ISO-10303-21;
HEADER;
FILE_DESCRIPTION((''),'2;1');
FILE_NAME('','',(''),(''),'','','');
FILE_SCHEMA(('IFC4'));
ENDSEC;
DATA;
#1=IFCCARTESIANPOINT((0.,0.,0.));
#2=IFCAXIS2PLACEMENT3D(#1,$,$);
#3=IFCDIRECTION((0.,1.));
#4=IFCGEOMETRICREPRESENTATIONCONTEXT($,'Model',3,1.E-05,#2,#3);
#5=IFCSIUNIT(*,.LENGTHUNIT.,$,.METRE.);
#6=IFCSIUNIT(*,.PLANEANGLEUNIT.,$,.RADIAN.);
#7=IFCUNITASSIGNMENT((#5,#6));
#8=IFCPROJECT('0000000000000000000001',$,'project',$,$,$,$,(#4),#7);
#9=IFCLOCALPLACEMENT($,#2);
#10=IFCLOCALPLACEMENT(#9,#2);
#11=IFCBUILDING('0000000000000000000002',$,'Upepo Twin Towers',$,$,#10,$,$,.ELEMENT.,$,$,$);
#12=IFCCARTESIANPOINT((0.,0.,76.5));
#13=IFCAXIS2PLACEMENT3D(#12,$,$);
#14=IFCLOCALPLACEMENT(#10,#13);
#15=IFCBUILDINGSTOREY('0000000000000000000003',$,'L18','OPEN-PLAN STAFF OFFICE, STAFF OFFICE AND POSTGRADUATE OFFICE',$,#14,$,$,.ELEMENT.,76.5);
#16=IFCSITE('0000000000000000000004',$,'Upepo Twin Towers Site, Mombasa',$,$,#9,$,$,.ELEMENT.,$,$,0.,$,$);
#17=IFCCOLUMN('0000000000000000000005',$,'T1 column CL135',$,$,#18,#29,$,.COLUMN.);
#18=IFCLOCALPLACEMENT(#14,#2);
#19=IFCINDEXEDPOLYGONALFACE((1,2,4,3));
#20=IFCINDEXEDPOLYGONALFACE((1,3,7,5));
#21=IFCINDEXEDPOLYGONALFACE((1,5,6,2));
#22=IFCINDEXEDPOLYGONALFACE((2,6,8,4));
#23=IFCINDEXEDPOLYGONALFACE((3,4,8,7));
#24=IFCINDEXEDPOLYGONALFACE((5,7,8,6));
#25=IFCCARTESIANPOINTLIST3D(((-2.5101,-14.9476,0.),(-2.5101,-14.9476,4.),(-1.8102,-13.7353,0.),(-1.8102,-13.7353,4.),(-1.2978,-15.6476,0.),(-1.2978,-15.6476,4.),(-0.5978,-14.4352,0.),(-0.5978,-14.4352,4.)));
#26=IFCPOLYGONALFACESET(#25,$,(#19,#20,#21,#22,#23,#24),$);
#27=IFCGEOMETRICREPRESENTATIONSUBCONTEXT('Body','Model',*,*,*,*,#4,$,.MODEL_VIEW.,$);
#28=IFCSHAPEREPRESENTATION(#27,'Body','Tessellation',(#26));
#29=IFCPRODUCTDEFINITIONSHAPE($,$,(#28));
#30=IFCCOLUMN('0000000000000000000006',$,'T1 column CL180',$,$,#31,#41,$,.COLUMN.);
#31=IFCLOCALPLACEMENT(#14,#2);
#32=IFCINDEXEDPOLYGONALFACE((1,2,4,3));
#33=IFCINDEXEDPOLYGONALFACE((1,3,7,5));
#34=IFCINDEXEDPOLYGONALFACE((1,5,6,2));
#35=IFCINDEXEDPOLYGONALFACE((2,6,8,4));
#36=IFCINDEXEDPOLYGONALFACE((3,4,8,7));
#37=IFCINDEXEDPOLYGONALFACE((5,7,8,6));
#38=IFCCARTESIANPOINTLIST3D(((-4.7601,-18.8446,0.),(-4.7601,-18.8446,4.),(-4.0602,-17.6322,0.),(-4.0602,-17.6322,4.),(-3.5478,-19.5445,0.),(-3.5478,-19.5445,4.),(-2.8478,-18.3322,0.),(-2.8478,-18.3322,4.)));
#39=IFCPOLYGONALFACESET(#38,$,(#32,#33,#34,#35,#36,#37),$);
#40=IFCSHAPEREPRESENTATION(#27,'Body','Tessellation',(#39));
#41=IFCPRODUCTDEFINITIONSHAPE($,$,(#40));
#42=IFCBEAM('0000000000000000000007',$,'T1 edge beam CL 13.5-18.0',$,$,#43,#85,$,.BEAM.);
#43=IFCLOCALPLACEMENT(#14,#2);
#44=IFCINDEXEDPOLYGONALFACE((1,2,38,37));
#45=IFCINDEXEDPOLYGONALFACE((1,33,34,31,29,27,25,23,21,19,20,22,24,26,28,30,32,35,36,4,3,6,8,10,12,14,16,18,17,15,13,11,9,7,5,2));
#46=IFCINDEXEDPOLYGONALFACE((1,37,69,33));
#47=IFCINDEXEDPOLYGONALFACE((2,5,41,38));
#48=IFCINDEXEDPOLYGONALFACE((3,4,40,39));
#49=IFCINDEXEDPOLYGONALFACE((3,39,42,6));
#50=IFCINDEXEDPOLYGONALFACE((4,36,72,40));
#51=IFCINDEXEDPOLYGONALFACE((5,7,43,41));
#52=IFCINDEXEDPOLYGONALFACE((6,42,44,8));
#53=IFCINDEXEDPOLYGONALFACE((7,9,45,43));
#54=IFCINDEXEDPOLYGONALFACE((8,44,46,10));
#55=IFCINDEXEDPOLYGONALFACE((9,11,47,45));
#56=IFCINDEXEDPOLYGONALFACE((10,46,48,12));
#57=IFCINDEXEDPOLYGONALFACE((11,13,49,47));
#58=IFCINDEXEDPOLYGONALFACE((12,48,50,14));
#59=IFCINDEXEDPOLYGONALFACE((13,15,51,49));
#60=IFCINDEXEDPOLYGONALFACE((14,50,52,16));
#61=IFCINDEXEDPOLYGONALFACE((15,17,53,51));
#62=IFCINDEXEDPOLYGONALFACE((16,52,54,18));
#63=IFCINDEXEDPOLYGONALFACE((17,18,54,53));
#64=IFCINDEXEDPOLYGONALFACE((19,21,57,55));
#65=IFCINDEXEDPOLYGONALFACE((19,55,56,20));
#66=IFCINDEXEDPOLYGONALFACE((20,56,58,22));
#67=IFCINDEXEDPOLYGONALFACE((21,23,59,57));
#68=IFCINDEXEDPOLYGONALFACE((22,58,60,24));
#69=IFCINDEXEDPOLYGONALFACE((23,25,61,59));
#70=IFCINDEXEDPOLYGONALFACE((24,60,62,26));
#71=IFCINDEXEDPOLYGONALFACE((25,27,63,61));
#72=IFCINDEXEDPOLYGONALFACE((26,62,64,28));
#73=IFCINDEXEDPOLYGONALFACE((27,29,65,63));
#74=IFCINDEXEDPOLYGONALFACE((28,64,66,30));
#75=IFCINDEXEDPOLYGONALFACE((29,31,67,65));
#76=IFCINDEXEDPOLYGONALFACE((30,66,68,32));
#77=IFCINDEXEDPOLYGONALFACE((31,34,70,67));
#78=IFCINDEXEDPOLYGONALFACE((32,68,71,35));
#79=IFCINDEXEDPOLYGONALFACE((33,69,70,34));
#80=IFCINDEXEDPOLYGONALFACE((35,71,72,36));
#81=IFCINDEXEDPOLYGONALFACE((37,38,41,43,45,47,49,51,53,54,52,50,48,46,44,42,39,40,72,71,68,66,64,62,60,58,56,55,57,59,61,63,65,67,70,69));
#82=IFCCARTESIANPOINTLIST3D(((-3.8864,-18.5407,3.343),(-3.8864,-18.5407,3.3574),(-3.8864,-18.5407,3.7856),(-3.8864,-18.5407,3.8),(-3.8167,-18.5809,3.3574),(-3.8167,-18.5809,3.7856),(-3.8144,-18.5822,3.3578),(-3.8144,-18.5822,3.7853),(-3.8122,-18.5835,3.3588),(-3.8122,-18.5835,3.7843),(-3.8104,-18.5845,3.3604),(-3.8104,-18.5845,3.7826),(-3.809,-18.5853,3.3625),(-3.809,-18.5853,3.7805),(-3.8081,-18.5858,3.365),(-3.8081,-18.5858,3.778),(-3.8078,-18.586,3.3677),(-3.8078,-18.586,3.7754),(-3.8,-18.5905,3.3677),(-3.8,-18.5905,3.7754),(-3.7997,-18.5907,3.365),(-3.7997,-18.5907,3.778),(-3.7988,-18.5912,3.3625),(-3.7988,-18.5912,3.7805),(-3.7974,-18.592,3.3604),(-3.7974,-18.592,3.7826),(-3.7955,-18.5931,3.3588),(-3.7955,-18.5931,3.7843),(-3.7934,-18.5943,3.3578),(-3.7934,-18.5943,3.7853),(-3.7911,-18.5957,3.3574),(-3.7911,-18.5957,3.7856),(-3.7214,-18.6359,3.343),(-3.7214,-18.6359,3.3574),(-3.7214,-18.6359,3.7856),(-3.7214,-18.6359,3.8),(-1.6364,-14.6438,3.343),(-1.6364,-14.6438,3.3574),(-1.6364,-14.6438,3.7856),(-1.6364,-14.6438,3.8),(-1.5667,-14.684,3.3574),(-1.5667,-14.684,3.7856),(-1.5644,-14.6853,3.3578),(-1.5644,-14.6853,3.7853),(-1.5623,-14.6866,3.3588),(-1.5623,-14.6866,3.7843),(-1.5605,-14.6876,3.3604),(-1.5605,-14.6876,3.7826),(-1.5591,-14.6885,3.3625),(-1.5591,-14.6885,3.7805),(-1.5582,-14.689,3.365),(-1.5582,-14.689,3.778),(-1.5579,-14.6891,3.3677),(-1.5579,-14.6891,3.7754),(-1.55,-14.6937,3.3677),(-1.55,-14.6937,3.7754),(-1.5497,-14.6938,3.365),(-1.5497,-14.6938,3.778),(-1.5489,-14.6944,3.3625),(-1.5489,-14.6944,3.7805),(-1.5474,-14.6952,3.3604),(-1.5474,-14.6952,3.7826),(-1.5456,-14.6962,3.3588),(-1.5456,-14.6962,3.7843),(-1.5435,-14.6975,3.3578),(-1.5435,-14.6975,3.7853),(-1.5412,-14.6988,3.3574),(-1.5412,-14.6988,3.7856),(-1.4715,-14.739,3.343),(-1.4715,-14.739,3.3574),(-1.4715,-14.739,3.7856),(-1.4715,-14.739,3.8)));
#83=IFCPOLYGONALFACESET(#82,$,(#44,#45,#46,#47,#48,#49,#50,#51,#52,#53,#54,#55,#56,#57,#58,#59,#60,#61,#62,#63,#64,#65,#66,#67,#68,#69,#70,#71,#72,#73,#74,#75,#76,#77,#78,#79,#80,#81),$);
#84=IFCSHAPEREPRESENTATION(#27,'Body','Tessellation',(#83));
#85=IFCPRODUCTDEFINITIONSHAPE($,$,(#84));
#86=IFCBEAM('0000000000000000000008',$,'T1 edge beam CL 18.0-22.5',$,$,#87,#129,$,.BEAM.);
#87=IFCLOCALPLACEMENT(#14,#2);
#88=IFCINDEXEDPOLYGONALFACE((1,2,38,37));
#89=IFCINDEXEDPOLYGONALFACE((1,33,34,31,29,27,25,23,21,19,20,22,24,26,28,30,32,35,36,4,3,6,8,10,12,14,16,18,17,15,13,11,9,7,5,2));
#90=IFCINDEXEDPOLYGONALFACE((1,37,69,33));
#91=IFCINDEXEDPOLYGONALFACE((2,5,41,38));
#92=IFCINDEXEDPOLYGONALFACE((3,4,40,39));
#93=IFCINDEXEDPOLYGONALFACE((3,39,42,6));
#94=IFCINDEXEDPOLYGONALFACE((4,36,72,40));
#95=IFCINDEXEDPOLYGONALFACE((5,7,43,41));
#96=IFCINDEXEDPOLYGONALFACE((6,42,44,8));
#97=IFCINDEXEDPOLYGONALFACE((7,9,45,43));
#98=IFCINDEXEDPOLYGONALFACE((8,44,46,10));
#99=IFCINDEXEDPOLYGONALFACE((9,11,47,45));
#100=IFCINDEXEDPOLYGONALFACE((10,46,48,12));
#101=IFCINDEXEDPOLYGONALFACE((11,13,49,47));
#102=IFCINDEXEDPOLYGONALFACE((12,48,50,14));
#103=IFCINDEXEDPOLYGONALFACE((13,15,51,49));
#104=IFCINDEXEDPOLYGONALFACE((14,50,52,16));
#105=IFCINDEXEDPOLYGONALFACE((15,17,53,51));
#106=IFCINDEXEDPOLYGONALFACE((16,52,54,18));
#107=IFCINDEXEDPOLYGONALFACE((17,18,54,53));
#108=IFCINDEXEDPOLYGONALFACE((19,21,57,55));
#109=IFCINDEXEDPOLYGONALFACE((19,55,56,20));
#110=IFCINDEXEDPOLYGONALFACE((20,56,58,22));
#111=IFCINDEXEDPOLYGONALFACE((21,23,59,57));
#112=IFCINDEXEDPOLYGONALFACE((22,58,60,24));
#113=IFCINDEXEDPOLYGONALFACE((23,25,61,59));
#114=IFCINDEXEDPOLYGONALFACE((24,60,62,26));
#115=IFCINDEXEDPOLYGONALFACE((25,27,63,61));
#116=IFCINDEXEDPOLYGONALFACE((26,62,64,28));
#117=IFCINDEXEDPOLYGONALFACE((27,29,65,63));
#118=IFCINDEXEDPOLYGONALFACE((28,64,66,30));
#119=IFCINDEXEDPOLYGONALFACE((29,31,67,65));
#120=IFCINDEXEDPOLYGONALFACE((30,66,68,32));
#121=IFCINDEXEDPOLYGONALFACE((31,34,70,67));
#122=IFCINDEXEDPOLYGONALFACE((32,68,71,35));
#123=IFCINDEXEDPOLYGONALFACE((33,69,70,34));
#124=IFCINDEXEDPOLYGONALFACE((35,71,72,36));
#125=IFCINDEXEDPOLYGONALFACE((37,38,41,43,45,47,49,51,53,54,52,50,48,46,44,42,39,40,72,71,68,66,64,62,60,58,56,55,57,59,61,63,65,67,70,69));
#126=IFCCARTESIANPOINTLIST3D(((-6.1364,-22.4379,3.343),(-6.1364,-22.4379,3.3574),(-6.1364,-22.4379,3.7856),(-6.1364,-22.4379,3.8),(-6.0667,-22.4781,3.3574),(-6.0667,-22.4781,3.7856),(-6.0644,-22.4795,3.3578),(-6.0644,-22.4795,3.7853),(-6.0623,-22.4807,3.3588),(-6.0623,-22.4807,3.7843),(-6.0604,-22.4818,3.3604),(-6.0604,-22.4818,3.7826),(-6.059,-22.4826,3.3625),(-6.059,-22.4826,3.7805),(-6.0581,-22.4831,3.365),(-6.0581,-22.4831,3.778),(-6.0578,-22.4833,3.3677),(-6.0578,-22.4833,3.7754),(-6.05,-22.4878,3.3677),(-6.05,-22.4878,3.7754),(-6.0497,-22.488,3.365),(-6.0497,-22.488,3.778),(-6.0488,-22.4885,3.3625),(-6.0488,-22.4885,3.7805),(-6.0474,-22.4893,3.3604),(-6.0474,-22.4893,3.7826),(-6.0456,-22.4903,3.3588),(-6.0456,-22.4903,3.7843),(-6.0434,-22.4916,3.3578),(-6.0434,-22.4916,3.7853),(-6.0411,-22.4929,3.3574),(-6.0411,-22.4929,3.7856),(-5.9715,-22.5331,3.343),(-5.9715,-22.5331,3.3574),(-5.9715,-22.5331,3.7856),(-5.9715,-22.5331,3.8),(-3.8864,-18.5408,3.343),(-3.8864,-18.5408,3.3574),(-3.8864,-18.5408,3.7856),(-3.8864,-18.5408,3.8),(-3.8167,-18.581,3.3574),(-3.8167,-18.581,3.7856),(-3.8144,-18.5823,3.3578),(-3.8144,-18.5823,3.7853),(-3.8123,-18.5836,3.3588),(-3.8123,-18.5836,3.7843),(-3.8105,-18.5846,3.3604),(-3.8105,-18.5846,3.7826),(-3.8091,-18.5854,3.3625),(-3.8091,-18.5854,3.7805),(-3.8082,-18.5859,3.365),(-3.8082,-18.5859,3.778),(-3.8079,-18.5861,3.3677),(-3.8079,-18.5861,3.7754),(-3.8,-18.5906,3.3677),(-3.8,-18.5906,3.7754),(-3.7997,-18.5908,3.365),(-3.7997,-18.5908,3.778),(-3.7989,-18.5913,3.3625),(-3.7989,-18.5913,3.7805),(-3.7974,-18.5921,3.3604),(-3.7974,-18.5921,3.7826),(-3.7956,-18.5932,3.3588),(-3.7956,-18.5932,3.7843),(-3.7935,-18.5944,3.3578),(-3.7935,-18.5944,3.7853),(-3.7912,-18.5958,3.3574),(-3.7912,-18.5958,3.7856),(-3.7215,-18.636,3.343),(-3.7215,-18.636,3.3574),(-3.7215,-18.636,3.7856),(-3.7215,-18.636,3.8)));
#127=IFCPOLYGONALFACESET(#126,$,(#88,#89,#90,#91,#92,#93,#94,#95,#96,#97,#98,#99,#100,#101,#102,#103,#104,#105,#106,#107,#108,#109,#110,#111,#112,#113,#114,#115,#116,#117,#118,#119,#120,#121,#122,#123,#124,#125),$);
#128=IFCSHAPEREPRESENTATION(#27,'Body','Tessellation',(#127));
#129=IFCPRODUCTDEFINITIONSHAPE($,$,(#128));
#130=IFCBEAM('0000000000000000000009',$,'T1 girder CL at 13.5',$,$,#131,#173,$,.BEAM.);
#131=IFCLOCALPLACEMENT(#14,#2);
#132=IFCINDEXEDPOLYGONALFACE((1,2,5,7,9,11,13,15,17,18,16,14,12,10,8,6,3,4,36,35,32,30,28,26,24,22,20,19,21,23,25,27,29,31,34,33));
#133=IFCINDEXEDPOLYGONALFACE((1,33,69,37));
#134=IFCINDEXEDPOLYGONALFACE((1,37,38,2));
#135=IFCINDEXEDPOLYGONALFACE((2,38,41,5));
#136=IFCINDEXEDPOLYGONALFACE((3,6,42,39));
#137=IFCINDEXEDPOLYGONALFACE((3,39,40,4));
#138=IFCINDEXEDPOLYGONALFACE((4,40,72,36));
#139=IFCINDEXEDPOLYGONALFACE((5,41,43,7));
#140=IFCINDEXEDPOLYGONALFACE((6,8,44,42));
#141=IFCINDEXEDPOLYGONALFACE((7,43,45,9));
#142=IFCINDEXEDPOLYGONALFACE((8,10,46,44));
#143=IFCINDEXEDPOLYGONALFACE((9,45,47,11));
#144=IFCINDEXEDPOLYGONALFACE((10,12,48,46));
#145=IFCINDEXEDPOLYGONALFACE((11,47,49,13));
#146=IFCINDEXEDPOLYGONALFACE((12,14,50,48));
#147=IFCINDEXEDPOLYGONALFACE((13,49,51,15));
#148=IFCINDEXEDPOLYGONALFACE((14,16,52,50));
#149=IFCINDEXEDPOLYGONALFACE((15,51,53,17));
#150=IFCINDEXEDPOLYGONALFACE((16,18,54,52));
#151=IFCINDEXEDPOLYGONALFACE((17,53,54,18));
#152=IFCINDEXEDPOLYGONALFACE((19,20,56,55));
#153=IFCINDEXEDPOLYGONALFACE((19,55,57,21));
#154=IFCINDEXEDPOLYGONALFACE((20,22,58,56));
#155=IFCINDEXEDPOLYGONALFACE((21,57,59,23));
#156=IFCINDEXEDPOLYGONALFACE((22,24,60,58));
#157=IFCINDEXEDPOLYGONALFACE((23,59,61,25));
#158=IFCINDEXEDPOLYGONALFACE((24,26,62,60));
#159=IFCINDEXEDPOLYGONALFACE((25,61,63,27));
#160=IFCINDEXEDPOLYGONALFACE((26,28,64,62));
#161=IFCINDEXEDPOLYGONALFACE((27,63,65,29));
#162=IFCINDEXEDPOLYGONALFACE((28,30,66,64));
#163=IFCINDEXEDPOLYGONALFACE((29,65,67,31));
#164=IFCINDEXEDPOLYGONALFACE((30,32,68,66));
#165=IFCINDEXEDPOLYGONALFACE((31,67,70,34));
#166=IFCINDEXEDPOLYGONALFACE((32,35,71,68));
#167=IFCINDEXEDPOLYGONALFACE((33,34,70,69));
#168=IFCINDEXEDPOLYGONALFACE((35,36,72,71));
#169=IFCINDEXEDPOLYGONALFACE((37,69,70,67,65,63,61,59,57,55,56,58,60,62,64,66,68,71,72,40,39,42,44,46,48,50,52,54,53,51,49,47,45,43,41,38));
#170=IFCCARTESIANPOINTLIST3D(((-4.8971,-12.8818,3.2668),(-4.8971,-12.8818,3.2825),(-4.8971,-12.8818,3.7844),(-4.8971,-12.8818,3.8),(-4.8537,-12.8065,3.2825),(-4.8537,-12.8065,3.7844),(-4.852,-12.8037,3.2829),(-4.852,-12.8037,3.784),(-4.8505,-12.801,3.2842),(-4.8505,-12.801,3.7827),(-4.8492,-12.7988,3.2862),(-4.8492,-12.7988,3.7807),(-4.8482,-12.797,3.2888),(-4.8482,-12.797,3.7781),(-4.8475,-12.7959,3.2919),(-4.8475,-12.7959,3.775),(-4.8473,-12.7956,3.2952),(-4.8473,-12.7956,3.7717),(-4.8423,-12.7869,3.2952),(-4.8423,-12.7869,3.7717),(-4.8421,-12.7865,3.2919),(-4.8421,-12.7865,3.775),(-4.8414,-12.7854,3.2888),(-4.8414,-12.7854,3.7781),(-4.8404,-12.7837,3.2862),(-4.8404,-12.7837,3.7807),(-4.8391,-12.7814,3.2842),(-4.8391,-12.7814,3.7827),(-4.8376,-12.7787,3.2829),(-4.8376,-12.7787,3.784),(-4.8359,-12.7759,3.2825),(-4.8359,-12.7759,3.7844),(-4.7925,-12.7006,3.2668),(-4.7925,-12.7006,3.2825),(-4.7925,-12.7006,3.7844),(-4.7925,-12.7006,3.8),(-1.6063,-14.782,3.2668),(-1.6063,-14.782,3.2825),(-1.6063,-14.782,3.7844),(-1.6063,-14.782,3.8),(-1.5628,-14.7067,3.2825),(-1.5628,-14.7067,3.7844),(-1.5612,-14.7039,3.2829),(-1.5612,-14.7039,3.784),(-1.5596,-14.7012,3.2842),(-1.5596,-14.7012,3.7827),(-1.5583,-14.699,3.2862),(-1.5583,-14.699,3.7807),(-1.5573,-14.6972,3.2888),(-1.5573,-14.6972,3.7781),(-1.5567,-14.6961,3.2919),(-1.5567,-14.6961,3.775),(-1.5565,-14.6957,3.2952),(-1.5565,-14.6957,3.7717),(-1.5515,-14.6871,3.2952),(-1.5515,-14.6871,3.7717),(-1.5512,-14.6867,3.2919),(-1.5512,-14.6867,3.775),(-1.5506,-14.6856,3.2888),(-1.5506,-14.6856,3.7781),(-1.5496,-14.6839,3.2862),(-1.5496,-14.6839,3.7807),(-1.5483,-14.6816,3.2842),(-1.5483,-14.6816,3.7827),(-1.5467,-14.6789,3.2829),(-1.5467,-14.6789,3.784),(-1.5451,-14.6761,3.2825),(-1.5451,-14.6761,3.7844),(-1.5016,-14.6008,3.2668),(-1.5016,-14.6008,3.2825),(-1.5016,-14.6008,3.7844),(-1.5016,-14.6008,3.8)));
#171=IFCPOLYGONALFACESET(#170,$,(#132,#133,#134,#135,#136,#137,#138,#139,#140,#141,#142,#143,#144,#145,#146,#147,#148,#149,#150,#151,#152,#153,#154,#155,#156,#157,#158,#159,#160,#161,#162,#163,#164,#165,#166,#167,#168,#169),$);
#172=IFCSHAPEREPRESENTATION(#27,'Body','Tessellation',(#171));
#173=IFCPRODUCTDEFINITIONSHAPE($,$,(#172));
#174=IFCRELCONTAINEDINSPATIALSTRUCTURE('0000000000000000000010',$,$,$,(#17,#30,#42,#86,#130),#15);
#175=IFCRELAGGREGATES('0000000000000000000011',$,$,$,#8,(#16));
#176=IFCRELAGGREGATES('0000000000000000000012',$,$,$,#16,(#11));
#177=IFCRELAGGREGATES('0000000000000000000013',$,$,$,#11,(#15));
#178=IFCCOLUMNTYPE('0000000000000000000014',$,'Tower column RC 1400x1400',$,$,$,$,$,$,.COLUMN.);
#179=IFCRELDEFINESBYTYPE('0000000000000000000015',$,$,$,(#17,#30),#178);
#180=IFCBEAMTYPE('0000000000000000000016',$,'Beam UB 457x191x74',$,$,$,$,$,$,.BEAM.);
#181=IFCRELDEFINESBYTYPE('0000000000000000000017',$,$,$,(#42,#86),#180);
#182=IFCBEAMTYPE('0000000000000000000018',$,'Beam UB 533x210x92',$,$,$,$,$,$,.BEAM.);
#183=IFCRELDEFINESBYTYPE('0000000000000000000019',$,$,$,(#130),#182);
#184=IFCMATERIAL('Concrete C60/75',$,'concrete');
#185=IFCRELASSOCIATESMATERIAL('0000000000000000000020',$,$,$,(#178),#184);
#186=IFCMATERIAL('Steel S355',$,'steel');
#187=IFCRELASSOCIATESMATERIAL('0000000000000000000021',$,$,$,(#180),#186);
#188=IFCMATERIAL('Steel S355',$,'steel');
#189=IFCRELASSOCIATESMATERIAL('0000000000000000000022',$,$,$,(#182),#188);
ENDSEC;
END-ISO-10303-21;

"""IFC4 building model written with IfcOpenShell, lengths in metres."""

from ifc_helpers import new_model, si_unit, direction, frame, origin, origin_2d, place, context, subcontext, project, spatial, rectangle, i_section, extrude, material, material_profile, profile_set, type_object, element, save


model = new_model("IFC4")

# Units and contexts
model_context = context("Model", 3, precision=1e-05, world=origin(), true_north=direction((0.0, 1.0)))
body_context = subcontext(model_context, "Body", "Model", "MODEL_VIEW")
ifc_project = project(units=[si_unit("LENGTHUNIT", "METRE"), si_unit("PLANEANGLEUNIT", "RADIAN")], contexts=[model_context])

# Site, building, storey
site_placement = place(None, origin())
site = spatial("IfcSite", under=ifc_project, at=site_placement, Name="Upepo Twin Towers Site, Mombasa", CompositionType="ELEMENT", RefElevation=0.0)
building_placement = place(site_placement, origin())
building = spatial("IfcBuilding", under=site, at=building_placement, Name="Upepo Twin Towers", CompositionType="ELEMENT")
storey_placement = place(building_placement, frame((0.0, 0.0, 76.5)))
storey = spatial("IfcBuildingStorey", under=building, at=storey_placement, Name="L18", Description="OPEN-PLAN STAFF OFFICE, STAFF OFFICE AND POSTGRADUATE OFFICE", CompositionType="ELEMENT", Elevation=76.5)

# Columns
ifc_material_1 = material(Name="Concrete C60/75", Category="concrete")
ifc_material_profile_1 = material_profile(ifc_material_1, rectangle(XDim=1.3999, YDim=1.3999, at=origin_2d()), Name="RC 1400x1400")
ifc_profile_set_1 = profile_set([ifc_material_profile_1], Name="Concrete C60/75")
column_type = type_object("IfcColumnType", Name="Tower column RC 1400x1400", PredefinedType="COLUMN", material=ifc_profile_set_1)
for number, where, z_axis, x_axis, name in (
    (1, (-1.554, -14.6914, 0.0), (0.0, 0.0, 1.0), (0.5, 0.866025, 0.0), "T1 column CL135"),
    (2, (-3.804, -18.5884, 0.0), (0.0, 0.0, 1.0), (0.5, 0.866025, 0.0), "T1 column CL180"),
):
    element("IfcColumn", number, at=place(storey_placement, frame(where, z_axis=z_axis, x_axis=x_axis)), inside=storey, type_object=column_type, Name=name, PredefinedType="COLUMN", context=body_context, shape_type="SweptSolid", body=[
        extrude(rectangle(XDim=1.3999, YDim=1.3999, at=origin_2d()), origin(), (0.0, 0.0, 1.0), 4.0),
    ])

# Beams
ifc_material_2 = material(Name="Steel S355", Category="steel")
ifc_material_profile_2 = material_profile(ifc_material_2, i_section(OverallWidth=0.1904, OverallDepth=0.457, WebThickness=0.009, FlangeThickness=0.0144, FilletRadius=0.0103, at=origin_2d()), Name="UB 457x191x74")
ifc_profile_set_2 = profile_set([ifc_material_profile_2], Name="Steel S355")
beam_type_1 = type_object("IfcBeamType", Name="Beam UB 457x191x74", PredefinedType="BEAM", material=ifc_profile_set_2)
beam_1_placement = place(storey_placement, frame((-1.554, -14.6914, 3.5715), z_axis=(-0.500014, -0.866018, 0.0), x_axis=(0.866018, -0.500014, 0.0)))
element("IfcBeam", 3, at=beam_1_placement, inside=storey, type_object=beam_type_1, Name="T1 edge beam CL 13.5-18.0", PredefinedType="BEAM", context=body_context, shape_type="SweptSolid", body=[
    extrude(i_section(OverallWidth=0.1904, OverallDepth=0.457, WebThickness=0.009, FlangeThickness=0.0144, FilletRadius=0.0103, at=origin_2d()), origin(), (0.0, 0.0, 1.0), 4.4998),
])
beam_2_placement = place(storey_placement, frame((-3.804, -18.5884, 3.5715), z_axis=(-0.49999, -0.866031, 0.0), x_axis=(0.866031, -0.49999, 0.0)))
element("IfcBeam", 4, at=beam_2_placement, inside=storey, type_object=beam_type_1, Name="T1 edge beam CL 18.0-22.5", PredefinedType="BEAM", context=body_context, shape_type="SweptSolid", body=[
    extrude(i_section(OverallWidth=0.1904, OverallDepth=0.457, WebThickness=0.009, FlangeThickness=0.0144, FilletRadius=0.0103, at=origin_2d()), origin(), (0.0, 0.0, 1.0), 4.5),
])
ifc_material_3 = material(Name="Steel S355", Category="steel")
ifc_material_profile_3 = material_profile(ifc_material_3, i_section(OverallWidth=0.2092, OverallDepth=0.5332, WebThickness=0.01, FlangeThickness=0.0156, FilletRadius=0.0127, at=origin_2d()), Name="UB 533x210x92")
ifc_profile_set_3 = profile_set([ifc_material_profile_3], Name="Steel S355")
beam_type_2 = type_object("IfcBeamType", Name="Beam UB 533x210x92", PredefinedType="BEAM", material=ifc_profile_set_3)
beam_3_placement = place(storey_placement, frame((-1.554, -14.6914, 3.5334), z_axis=(-0.866, 0.500043, 0.0), x_axis=(-0.500043, -0.866, 0.0)))
element("IfcBeam", 5, at=beam_3_placement, inside=storey, type_object=beam_type_2, Name="T1 girder CL at 13.5", PredefinedType="BEAM", context=body_context, shape_type="SweptSolid", body=[
    extrude(i_section(OverallWidth=0.2092, OverallDepth=0.5332, WebThickness=0.01, FlangeThickness=0.0156, FilletRadius=0.0127, at=origin_2d()), origin(), (0.0, 0.0, 1.0), 3.8),
])

save(model, "model.ifc")
